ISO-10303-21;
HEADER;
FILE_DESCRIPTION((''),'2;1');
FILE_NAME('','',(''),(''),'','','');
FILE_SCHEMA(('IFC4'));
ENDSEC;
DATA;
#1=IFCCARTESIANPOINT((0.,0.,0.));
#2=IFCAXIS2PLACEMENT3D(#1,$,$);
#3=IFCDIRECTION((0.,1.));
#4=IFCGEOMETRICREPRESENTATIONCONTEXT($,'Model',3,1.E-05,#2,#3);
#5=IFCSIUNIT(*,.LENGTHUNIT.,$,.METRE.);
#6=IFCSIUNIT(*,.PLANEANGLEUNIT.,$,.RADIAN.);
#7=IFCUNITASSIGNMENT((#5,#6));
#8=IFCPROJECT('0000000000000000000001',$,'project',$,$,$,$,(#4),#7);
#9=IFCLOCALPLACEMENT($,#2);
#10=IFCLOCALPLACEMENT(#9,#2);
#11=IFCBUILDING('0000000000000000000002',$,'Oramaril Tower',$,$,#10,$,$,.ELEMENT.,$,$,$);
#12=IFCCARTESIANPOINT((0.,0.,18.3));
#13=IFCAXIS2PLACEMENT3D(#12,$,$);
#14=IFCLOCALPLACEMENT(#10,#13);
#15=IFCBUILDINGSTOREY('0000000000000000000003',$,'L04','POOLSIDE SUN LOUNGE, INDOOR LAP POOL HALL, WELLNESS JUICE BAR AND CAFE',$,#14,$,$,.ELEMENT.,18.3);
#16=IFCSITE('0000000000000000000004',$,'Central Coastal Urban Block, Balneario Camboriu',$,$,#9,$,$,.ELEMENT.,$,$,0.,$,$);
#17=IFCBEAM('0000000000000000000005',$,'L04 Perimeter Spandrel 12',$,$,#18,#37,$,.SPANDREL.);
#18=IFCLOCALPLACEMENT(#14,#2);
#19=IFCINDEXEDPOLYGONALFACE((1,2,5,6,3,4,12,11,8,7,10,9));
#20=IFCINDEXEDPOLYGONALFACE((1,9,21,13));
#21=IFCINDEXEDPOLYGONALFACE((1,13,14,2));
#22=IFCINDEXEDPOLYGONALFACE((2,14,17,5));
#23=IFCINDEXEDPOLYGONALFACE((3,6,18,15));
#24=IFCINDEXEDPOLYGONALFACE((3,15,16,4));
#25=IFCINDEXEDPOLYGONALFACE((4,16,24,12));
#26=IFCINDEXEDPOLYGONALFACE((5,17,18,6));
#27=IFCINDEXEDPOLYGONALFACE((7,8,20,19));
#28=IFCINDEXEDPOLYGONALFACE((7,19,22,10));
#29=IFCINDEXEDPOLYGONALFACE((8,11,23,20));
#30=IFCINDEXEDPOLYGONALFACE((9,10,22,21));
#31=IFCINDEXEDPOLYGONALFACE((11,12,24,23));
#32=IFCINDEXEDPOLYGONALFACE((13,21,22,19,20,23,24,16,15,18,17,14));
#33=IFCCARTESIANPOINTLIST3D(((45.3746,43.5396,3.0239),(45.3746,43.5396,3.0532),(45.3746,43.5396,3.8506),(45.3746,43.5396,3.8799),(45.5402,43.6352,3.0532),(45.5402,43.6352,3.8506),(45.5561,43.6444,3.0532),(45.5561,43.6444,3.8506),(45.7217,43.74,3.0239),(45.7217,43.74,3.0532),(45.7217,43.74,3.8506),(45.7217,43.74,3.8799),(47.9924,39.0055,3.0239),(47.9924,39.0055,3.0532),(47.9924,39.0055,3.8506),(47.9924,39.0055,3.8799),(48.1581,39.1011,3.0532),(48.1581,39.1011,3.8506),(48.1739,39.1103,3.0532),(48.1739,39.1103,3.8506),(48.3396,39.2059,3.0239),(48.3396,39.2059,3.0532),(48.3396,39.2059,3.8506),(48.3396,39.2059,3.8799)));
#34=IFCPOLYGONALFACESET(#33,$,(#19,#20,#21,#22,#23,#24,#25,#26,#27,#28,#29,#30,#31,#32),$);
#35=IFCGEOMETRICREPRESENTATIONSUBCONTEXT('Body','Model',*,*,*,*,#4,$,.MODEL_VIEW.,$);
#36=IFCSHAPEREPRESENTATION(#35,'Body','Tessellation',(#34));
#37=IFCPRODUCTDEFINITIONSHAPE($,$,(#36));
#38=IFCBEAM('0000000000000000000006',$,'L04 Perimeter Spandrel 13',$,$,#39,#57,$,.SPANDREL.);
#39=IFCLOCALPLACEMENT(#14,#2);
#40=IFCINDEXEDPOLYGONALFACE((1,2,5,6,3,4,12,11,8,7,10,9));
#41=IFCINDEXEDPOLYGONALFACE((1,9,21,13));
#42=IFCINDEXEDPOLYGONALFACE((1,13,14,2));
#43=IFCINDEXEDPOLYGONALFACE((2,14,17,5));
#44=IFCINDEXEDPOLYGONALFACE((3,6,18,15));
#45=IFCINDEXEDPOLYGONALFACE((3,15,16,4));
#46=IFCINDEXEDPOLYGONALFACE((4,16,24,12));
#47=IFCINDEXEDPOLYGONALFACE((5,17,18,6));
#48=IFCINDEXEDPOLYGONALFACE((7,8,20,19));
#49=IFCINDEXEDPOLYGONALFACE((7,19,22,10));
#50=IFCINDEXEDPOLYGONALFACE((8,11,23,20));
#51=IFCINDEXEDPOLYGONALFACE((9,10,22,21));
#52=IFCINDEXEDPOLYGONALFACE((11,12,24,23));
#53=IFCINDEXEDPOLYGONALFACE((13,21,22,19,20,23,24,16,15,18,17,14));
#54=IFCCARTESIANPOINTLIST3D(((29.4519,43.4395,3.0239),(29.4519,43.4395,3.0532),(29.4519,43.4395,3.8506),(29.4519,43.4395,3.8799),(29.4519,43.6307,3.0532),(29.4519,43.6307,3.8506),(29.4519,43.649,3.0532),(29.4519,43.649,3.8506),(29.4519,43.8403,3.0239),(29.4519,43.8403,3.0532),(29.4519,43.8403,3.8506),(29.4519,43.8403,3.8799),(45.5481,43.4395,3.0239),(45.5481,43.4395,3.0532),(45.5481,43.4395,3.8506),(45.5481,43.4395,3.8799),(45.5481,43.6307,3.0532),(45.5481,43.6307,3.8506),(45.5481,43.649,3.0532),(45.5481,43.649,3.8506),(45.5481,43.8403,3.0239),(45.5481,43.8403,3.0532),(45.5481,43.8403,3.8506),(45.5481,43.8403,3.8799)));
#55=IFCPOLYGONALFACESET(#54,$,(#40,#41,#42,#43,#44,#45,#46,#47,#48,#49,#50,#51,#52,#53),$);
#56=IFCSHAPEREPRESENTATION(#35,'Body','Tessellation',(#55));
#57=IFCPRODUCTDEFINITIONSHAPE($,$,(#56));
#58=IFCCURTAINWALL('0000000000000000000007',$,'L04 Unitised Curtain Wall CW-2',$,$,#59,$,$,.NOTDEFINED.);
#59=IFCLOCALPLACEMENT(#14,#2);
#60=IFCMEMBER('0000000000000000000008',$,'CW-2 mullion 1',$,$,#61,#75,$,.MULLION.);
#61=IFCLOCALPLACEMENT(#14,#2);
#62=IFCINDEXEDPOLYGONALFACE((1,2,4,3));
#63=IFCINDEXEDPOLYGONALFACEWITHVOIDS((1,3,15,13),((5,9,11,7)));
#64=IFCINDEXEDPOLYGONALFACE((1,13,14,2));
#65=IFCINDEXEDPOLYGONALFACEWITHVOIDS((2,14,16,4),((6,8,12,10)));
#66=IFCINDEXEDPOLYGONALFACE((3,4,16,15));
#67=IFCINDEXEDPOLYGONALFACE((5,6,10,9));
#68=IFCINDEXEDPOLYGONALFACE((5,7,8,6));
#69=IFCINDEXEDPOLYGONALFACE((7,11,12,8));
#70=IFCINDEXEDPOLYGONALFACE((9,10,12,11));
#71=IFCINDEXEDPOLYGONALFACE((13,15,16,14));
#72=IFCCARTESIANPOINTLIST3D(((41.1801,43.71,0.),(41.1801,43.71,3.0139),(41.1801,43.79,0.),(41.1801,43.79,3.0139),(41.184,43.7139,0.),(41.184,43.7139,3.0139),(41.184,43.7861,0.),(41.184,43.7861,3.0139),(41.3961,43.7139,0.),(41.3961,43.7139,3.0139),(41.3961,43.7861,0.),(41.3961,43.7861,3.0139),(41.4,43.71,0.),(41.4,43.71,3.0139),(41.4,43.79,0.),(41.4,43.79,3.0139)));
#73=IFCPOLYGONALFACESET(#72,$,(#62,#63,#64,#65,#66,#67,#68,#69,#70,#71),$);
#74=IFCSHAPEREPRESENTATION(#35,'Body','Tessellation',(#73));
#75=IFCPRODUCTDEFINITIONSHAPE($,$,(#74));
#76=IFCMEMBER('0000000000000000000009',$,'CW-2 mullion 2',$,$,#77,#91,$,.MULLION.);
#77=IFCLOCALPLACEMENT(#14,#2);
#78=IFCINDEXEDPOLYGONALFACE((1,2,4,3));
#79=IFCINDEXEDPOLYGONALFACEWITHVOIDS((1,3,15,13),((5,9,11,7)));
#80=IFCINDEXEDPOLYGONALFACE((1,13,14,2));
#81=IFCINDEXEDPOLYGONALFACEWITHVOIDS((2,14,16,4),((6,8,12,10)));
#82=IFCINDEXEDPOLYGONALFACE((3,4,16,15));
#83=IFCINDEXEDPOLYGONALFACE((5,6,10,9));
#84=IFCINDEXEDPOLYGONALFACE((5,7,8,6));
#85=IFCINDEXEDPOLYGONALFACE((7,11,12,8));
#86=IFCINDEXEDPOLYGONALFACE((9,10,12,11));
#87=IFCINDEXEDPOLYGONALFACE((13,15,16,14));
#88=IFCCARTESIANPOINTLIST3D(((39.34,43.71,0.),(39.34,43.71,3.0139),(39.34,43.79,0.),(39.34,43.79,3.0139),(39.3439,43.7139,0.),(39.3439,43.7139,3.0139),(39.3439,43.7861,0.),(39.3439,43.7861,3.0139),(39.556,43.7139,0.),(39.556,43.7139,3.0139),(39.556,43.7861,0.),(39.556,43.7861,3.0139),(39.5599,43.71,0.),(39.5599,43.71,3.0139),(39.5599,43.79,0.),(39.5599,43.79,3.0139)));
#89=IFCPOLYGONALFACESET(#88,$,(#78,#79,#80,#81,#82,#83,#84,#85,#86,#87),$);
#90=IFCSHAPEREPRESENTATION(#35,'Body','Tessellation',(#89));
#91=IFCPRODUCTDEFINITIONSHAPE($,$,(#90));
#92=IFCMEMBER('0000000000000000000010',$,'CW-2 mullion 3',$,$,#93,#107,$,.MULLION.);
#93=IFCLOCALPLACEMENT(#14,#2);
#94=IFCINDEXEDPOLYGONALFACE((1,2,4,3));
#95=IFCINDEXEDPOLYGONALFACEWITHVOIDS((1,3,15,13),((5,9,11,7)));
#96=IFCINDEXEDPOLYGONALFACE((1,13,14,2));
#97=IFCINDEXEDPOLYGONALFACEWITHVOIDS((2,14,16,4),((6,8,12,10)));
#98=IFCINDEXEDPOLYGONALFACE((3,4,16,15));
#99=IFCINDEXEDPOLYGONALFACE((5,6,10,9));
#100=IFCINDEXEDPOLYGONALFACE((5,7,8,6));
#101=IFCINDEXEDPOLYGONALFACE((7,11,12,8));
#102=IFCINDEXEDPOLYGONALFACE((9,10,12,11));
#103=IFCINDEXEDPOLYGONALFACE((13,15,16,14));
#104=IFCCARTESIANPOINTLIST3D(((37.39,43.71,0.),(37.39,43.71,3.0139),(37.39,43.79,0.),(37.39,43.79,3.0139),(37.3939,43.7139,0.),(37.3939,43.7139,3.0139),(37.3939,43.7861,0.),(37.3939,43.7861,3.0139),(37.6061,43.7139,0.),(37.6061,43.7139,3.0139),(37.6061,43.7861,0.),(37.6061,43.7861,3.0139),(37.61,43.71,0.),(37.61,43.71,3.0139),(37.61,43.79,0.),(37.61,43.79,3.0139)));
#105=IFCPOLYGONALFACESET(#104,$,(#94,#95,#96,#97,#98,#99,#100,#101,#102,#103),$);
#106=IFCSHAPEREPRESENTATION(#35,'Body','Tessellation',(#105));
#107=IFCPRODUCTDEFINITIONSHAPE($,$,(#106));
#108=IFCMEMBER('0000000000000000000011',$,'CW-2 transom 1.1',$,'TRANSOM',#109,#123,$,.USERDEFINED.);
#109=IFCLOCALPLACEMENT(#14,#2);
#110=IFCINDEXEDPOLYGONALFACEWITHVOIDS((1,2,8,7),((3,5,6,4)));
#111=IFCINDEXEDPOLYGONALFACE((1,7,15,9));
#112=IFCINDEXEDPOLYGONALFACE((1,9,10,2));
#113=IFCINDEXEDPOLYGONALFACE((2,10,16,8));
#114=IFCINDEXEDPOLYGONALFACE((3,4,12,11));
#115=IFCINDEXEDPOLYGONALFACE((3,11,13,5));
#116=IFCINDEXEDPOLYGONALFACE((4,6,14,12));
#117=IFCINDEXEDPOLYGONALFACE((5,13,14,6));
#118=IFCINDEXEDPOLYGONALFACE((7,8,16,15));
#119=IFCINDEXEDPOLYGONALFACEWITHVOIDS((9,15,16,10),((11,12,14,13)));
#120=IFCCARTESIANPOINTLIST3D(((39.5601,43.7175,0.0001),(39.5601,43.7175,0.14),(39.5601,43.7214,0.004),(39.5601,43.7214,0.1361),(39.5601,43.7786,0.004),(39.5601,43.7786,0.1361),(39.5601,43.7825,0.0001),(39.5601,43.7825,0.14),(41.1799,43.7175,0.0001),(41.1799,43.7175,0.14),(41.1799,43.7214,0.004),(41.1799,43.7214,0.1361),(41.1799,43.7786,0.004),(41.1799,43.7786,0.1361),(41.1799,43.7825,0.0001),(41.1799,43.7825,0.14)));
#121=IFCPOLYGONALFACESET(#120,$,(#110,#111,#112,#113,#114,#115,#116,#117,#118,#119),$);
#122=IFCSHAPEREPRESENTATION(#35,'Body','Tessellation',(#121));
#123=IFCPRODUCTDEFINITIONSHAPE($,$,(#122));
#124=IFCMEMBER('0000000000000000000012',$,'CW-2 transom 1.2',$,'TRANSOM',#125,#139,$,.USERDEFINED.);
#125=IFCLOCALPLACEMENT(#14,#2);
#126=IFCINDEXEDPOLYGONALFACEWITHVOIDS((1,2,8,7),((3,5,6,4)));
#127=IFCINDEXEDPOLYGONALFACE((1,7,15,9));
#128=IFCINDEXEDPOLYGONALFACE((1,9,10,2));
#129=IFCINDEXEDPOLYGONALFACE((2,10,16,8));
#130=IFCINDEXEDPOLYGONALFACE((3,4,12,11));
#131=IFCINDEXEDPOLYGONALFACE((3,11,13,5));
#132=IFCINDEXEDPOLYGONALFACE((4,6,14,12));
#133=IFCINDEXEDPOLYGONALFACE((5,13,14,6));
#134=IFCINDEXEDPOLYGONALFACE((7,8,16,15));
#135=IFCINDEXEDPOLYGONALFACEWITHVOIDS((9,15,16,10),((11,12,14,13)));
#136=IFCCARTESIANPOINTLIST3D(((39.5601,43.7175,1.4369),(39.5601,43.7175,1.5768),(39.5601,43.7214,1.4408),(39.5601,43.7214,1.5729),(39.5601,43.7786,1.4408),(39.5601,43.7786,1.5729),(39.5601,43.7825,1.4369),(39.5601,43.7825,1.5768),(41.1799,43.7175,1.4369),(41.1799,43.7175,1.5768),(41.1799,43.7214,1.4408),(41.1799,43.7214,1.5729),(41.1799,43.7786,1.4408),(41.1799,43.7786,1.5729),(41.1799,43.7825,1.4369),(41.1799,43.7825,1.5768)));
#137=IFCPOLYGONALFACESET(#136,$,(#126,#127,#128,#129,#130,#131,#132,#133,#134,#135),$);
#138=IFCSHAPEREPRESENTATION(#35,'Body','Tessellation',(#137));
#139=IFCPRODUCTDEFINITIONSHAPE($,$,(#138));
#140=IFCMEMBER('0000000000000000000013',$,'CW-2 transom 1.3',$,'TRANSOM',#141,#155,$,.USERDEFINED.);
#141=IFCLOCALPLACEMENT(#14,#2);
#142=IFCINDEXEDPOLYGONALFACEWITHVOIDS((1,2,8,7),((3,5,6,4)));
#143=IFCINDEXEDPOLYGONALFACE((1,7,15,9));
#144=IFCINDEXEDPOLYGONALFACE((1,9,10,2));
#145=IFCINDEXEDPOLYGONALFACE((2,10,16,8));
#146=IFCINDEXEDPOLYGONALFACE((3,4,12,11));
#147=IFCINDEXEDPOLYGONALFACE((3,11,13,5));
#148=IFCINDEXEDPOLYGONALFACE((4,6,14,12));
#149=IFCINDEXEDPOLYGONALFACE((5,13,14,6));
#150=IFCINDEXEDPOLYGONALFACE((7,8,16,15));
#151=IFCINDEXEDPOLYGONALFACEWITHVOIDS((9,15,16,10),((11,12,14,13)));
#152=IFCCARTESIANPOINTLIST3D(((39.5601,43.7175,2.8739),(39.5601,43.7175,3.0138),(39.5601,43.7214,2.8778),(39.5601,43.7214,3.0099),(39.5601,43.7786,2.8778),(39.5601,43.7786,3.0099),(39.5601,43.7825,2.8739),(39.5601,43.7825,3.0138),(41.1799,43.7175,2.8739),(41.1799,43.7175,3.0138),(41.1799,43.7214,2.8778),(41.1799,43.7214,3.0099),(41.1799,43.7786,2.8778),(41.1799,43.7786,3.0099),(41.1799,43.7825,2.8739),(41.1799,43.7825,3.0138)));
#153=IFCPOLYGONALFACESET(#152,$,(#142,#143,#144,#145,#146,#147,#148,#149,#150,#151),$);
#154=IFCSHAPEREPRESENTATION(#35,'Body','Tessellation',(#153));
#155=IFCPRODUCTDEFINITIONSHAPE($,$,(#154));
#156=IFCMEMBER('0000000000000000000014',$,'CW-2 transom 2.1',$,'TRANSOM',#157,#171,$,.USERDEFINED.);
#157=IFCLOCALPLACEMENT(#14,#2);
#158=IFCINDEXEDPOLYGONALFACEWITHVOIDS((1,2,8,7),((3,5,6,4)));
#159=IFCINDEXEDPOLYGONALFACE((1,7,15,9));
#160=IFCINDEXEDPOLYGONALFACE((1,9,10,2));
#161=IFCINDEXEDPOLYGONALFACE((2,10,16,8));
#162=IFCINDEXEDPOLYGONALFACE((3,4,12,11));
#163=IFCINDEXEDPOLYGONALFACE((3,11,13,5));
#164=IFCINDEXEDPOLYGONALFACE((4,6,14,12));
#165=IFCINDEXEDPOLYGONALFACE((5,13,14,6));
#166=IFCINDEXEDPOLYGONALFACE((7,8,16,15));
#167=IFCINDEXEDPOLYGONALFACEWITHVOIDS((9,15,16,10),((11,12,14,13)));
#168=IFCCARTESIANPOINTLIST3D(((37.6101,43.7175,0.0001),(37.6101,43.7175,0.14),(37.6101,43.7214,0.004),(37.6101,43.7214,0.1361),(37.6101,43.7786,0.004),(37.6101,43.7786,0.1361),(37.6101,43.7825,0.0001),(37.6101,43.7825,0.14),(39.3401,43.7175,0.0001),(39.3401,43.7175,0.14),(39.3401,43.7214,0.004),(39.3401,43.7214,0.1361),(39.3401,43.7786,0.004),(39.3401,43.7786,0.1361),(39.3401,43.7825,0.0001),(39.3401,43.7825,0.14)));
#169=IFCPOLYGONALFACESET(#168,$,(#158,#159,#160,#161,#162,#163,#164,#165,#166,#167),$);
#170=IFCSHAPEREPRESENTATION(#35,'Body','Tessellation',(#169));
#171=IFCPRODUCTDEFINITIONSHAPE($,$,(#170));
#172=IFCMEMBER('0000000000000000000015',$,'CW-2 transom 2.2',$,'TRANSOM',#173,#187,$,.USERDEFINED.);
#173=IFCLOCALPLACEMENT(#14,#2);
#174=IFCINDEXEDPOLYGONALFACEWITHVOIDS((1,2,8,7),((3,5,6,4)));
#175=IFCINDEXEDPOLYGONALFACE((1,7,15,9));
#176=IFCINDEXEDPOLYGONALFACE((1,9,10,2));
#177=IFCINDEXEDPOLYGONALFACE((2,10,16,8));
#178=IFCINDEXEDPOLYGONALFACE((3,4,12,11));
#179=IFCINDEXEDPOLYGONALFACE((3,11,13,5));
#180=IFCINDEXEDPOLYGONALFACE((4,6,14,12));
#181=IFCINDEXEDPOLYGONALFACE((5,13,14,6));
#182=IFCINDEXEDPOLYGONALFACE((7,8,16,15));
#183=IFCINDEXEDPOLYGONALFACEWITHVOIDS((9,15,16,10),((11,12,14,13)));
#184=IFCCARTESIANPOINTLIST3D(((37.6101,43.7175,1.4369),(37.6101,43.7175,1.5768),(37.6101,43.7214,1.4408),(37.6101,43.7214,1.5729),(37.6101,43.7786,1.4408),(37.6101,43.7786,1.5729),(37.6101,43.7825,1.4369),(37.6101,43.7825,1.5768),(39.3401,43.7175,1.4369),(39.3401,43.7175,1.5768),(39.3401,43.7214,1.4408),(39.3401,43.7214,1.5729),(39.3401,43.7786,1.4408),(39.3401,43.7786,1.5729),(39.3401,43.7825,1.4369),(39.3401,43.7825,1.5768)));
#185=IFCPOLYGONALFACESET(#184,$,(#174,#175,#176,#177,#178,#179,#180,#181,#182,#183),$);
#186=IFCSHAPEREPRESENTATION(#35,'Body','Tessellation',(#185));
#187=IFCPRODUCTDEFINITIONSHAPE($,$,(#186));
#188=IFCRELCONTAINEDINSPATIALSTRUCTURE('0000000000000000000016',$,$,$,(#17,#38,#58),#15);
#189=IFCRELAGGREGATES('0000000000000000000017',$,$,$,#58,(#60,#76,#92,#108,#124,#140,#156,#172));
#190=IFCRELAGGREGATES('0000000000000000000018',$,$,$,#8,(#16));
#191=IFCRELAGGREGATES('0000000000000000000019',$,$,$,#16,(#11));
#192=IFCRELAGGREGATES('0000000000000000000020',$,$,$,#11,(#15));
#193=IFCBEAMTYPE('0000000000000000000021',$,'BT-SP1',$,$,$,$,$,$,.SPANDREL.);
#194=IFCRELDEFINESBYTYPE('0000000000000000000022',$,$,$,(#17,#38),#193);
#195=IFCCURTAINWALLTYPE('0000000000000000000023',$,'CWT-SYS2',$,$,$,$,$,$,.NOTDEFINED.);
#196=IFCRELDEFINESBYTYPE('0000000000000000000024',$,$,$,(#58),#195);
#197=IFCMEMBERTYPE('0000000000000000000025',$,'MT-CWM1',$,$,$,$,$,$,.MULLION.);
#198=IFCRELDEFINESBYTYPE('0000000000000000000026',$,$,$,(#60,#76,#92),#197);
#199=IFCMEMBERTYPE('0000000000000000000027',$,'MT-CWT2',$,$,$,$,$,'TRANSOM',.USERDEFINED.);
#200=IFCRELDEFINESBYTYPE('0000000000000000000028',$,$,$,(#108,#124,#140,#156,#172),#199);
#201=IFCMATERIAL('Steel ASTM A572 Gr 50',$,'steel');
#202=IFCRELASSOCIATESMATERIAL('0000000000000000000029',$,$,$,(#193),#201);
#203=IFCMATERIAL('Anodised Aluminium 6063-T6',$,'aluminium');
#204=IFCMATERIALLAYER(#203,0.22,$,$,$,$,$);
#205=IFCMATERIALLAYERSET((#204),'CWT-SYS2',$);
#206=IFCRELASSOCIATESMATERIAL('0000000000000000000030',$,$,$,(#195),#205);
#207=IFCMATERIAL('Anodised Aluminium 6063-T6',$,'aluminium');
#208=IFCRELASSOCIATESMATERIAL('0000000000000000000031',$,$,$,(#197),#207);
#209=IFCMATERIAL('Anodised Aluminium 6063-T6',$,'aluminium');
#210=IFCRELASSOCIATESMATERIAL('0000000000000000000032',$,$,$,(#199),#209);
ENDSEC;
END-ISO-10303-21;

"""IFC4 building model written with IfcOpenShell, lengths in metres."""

from ifc_helpers import new_model, si_unit, direction, frame, origin, origin_2d, place, context, subcontext, project, spatial, hollow_rectangle, i_section, extrude, material, layer, layer_set, material_profile, profile_set, type_object, element, aggregate, save


model = new_model("IFC4")

# Units and contexts
model_context = context("Model", 3, precision=1e-05, world=origin(), true_north=direction((0.0, 1.0)))
body_context = subcontext(model_context, "Body", "Model", "MODEL_VIEW")
ifc_project = project(units=[si_unit("LENGTHUNIT", "METRE"), si_unit("PLANEANGLEUNIT", "RADIAN")], contexts=[model_context])

# Site, building, storey
site_placement = place(None, origin())
site = spatial("IfcSite", under=ifc_project, at=site_placement, Name="Central Coastal Urban Block, Balneario Camboriu", CompositionType="ELEMENT", RefElevation=0.0)
building_placement = place(site_placement, origin())
building = spatial("IfcBuilding", under=site, at=building_placement, Name="Oramaril Tower", CompositionType="ELEMENT")
storey_placement = place(building_placement, frame((0.0, 0.0, 18.3)))
storey = spatial("IfcBuildingStorey", under=building, at=storey_placement, Name="L04", Description="POOLSIDE SUN LOUNGE, INDOOR LAP POOL HALL, WELLNESS JUICE BAR AND CAFE", CompositionType="ELEMENT", Elevation=18.3)

# Beams
ifc_material_1 = material(Name="Steel ASTM A572 Gr 50", Category="steel")
ifc_material_profile_1 = material_profile(ifc_material_1, i_section(OverallWidth=0.4009, OverallDepth=0.856, WebThickness=0.0183, FlangeThickness=0.0293, at=origin_2d()), Name="W33X201")
ifc_profile_set_1 = profile_set([ifc_material_profile_1], Name="Steel ASTM A572 Gr 50")
beam_type_1 = type_object("IfcBeamType", Name="BT-SP1", PredefinedType="SPANDREL", material=ifc_profile_set_1)
beam_1_placement = place(storey_placement, frame((48.166, 39.1057, 3.4519), z_axis=(-0.500016, 0.866016, 0.0), x_axis=(-0.866016, -0.500016, 0.0)))
element("IfcBeam", 1, at=beam_1_placement, inside=storey, type_object=beam_type_1, Name="L04 Perimeter Spandrel 12", PredefinedType="SPANDREL", context=body_context, shape_type="SweptSolid", body=[
    extrude(i_section(OverallWidth=0.4009, OverallDepth=0.856, WebThickness=0.0183, FlangeThickness=0.0293, at=origin_2d()), origin(), (0.0, 0.0, 1.0), 5.2356),
])
beam_2_placement = place(storey_placement, frame((45.5481, 43.6399, 3.4519), z_axis=(-1.0, 0.0, 0.0), x_axis=(0.0, -1.0, 0.0)))
element("IfcBeam", 2, at=beam_2_placement, inside=storey, type_object=beam_type_1, Name="L04 Perimeter Spandrel 13", PredefinedType="SPANDREL", context=body_context, shape_type="SweptSolid", body=[
    extrude(i_section(OverallWidth=0.4009, OverallDepth=0.856, WebThickness=0.0183, FlangeThickness=0.0293, at=origin_2d()), origin(), (0.0, 0.0, 1.0), 16.0962),
])

# Curtain wall, members
ifc_material_2 = material(Name="Anodised Aluminium 6063-T6", Category="aluminium")
ifc_layer_1 = layer(ifc_material_2, 0.22)
ifc_layer_set_1 = layer_set([ifc_layer_1], Name="CWT-SYS2")
curtain_wall_type = type_object("IfcCurtainWallType", Name="CWT-SYS2", PredefinedType="NOTDEFINED", material=ifc_layer_set_1)
curtain_wall_placement = place(storey_placement, origin())
curtain_wall = element("IfcCurtainWall", 3, at=curtain_wall_placement, inside=storey, type_object=curtain_wall_type, Name="L04 Unitised Curtain Wall CW-2", PredefinedType="NOTDEFINED")
ifc_material_3 = material(Name="Anodised Aluminium 6063-T6", Category="aluminium")
ifc_material_profile_2 = material_profile(ifc_material_3, hollow_rectangle(XDim=0.0801, YDim=0.22, WallThickness=0.0039, at=origin_2d()), Name="CWM220X80")
ifc_profile_set_2 = profile_set([ifc_material_profile_2], Name="Anodised Aluminium 6063-T6")
member_type_1 = type_object("IfcMemberType", Name="MT-CWM1", PredefinedType="MULLION", material=ifc_profile_set_2)
member_1_placement = place(storey_placement, frame((41.29, 43.75, 0.0), z_axis=(0.0, 0.0, 1.0), x_axis=(0.0, -1.0, 0.0)))
member_1 = element("IfcMember", 4, at=member_1_placement, type_object=member_type_1, Name="CW-2 mullion 1", PredefinedType="MULLION", context=body_context, shape_type="SweptSolid", body=[
    extrude(hollow_rectangle(XDim=0.0801, YDim=0.22, WallThickness=0.0039, at=origin_2d()), origin(), (0.0, 0.0, 1.0), 3.0139),
])
member_2_placement = place(storey_placement, frame((39.45, 43.75, 0.0), z_axis=(0.0, 0.0, 1.0), x_axis=(0.0, -1.0, 0.0)))
member_2 = element("IfcMember", 5, at=member_2_placement, type_object=member_type_1, Name="CW-2 mullion 2", PredefinedType="MULLION", context=body_context, shape_type="SweptSolid", body=[
    extrude(hollow_rectangle(XDim=0.0801, YDim=0.22, WallThickness=0.0039, at=origin_2d()), origin(), (0.0, 0.0, 1.0), 3.0139),
])
member_3_placement = place(storey_placement, frame((37.5, 43.75, 0.0), z_axis=(0.0, 0.0, 1.0), x_axis=(0.0, -1.0, 0.0)))
member_3 = element("IfcMember", 6, at=member_3_placement, type_object=member_type_1, Name="CW-2 mullion 3", PredefinedType="MULLION", context=body_context, shape_type="SweptSolid", body=[
    extrude(hollow_rectangle(XDim=0.0801, YDim=0.22, WallThickness=0.0039, at=origin_2d()), origin(), (0.0, 0.0, 1.0), 3.0139),
])
ifc_material_4 = material(Name="Anodised Aluminium 6063-T6", Category="aluminium")
ifc_material_profile_3 = material_profile(ifc_material_4, hollow_rectangle(XDim=0.0649, YDim=0.1399, WallThickness=0.0039, at=origin_2d()), Name="CWT140X65")
ifc_profile_set_3 = profile_set([ifc_material_profile_3], Name="Anodised Aluminium 6063-T6")
member_type_2 = type_object("IfcMemberType", Name="MT-CWT2", ElementType="TRANSOM", PredefinedType="USERDEFINED", material=ifc_profile_set_3)
member_4_placement = place(storey_placement, frame((41.1799, 43.75, 0.0701), z_axis=(-1.0, 0.0, 0.0), x_axis=(0.0, -1.0, 0.0)))
member_4 = element("IfcMember", 7, at=member_4_placement, type_object=member_type_2, Name="CW-2 transom 1.1", ObjectType="TRANSOM", PredefinedType="USERDEFINED", context=body_context, shape_type="SweptSolid", body=[
    extrude(hollow_rectangle(XDim=0.0649, YDim=0.1399, WallThickness=0.0039, at=origin_2d()), origin(), (0.0, 0.0, 1.0), 1.6199),
])
member_5_placement = place(storey_placement, frame((41.1799, 43.75, 1.5068), z_axis=(-1.0, 0.0, 0.0), x_axis=(0.0, -1.0, 0.0)))
member_5 = element("IfcMember", 8, at=member_5_placement, type_object=member_type_2, Name="CW-2 transom 1.2", ObjectType="TRANSOM", PredefinedType="USERDEFINED", context=body_context, shape_type="SweptSolid", body=[
    extrude(hollow_rectangle(XDim=0.0649, YDim=0.1399, WallThickness=0.0039, at=origin_2d()), origin(), (0.0, 0.0, 1.0), 1.6199),
])
member_6_placement = place(storey_placement, frame((41.1799, 43.75, 2.9438), z_axis=(-1.0, 0.0, 0.0), x_axis=(0.0, -1.0, 0.0)))
member_6 = element("IfcMember", 9, at=member_6_placement, type_object=member_type_2, Name="CW-2 transom 1.3", ObjectType="TRANSOM", PredefinedType="USERDEFINED", context=body_context, shape_type="SweptSolid", body=[
    extrude(hollow_rectangle(XDim=0.0649, YDim=0.1399, WallThickness=0.0039, at=origin_2d()), origin(), (0.0, 0.0, 1.0), 1.6199),
])
member_7_placement = place(storey_placement, frame((39.3401, 43.75, 0.0701), z_axis=(-1.0, 0.0, 0.0), x_axis=(0.0, -1.0, 0.0)))
member_7 = element("IfcMember", 10, at=member_7_placement, type_object=member_type_2, Name="CW-2 transom 2.1", ObjectType="TRANSOM", PredefinedType="USERDEFINED", context=body_context, shape_type="SweptSolid", body=[
    extrude(hollow_rectangle(XDim=0.0649, YDim=0.1399, WallThickness=0.0039, at=origin_2d()), origin(), (0.0, 0.0, 1.0), 1.73),
])
member_8_placement = place(storey_placement, frame((39.3401, 43.75, 1.5068), z_axis=(-1.0, 0.0, 0.0), x_axis=(0.0, -1.0, 0.0)))
member_8 = element("IfcMember", 11, at=member_8_placement, type_object=member_type_2, Name="CW-2 transom 2.2", ObjectType="TRANSOM", PredefinedType="USERDEFINED", context=body_context, shape_type="SweptSolid", body=[
    extrude(hollow_rectangle(XDim=0.0649, YDim=0.1399, WallThickness=0.0039, at=origin_2d()), origin(), (0.0, 0.0, 1.0), 1.73),
])
aggregate(curtain_wall, [member_1, member_2, member_3, member_4, member_5, member_6, member_7, member_8])

save(model, "model.ifc")
